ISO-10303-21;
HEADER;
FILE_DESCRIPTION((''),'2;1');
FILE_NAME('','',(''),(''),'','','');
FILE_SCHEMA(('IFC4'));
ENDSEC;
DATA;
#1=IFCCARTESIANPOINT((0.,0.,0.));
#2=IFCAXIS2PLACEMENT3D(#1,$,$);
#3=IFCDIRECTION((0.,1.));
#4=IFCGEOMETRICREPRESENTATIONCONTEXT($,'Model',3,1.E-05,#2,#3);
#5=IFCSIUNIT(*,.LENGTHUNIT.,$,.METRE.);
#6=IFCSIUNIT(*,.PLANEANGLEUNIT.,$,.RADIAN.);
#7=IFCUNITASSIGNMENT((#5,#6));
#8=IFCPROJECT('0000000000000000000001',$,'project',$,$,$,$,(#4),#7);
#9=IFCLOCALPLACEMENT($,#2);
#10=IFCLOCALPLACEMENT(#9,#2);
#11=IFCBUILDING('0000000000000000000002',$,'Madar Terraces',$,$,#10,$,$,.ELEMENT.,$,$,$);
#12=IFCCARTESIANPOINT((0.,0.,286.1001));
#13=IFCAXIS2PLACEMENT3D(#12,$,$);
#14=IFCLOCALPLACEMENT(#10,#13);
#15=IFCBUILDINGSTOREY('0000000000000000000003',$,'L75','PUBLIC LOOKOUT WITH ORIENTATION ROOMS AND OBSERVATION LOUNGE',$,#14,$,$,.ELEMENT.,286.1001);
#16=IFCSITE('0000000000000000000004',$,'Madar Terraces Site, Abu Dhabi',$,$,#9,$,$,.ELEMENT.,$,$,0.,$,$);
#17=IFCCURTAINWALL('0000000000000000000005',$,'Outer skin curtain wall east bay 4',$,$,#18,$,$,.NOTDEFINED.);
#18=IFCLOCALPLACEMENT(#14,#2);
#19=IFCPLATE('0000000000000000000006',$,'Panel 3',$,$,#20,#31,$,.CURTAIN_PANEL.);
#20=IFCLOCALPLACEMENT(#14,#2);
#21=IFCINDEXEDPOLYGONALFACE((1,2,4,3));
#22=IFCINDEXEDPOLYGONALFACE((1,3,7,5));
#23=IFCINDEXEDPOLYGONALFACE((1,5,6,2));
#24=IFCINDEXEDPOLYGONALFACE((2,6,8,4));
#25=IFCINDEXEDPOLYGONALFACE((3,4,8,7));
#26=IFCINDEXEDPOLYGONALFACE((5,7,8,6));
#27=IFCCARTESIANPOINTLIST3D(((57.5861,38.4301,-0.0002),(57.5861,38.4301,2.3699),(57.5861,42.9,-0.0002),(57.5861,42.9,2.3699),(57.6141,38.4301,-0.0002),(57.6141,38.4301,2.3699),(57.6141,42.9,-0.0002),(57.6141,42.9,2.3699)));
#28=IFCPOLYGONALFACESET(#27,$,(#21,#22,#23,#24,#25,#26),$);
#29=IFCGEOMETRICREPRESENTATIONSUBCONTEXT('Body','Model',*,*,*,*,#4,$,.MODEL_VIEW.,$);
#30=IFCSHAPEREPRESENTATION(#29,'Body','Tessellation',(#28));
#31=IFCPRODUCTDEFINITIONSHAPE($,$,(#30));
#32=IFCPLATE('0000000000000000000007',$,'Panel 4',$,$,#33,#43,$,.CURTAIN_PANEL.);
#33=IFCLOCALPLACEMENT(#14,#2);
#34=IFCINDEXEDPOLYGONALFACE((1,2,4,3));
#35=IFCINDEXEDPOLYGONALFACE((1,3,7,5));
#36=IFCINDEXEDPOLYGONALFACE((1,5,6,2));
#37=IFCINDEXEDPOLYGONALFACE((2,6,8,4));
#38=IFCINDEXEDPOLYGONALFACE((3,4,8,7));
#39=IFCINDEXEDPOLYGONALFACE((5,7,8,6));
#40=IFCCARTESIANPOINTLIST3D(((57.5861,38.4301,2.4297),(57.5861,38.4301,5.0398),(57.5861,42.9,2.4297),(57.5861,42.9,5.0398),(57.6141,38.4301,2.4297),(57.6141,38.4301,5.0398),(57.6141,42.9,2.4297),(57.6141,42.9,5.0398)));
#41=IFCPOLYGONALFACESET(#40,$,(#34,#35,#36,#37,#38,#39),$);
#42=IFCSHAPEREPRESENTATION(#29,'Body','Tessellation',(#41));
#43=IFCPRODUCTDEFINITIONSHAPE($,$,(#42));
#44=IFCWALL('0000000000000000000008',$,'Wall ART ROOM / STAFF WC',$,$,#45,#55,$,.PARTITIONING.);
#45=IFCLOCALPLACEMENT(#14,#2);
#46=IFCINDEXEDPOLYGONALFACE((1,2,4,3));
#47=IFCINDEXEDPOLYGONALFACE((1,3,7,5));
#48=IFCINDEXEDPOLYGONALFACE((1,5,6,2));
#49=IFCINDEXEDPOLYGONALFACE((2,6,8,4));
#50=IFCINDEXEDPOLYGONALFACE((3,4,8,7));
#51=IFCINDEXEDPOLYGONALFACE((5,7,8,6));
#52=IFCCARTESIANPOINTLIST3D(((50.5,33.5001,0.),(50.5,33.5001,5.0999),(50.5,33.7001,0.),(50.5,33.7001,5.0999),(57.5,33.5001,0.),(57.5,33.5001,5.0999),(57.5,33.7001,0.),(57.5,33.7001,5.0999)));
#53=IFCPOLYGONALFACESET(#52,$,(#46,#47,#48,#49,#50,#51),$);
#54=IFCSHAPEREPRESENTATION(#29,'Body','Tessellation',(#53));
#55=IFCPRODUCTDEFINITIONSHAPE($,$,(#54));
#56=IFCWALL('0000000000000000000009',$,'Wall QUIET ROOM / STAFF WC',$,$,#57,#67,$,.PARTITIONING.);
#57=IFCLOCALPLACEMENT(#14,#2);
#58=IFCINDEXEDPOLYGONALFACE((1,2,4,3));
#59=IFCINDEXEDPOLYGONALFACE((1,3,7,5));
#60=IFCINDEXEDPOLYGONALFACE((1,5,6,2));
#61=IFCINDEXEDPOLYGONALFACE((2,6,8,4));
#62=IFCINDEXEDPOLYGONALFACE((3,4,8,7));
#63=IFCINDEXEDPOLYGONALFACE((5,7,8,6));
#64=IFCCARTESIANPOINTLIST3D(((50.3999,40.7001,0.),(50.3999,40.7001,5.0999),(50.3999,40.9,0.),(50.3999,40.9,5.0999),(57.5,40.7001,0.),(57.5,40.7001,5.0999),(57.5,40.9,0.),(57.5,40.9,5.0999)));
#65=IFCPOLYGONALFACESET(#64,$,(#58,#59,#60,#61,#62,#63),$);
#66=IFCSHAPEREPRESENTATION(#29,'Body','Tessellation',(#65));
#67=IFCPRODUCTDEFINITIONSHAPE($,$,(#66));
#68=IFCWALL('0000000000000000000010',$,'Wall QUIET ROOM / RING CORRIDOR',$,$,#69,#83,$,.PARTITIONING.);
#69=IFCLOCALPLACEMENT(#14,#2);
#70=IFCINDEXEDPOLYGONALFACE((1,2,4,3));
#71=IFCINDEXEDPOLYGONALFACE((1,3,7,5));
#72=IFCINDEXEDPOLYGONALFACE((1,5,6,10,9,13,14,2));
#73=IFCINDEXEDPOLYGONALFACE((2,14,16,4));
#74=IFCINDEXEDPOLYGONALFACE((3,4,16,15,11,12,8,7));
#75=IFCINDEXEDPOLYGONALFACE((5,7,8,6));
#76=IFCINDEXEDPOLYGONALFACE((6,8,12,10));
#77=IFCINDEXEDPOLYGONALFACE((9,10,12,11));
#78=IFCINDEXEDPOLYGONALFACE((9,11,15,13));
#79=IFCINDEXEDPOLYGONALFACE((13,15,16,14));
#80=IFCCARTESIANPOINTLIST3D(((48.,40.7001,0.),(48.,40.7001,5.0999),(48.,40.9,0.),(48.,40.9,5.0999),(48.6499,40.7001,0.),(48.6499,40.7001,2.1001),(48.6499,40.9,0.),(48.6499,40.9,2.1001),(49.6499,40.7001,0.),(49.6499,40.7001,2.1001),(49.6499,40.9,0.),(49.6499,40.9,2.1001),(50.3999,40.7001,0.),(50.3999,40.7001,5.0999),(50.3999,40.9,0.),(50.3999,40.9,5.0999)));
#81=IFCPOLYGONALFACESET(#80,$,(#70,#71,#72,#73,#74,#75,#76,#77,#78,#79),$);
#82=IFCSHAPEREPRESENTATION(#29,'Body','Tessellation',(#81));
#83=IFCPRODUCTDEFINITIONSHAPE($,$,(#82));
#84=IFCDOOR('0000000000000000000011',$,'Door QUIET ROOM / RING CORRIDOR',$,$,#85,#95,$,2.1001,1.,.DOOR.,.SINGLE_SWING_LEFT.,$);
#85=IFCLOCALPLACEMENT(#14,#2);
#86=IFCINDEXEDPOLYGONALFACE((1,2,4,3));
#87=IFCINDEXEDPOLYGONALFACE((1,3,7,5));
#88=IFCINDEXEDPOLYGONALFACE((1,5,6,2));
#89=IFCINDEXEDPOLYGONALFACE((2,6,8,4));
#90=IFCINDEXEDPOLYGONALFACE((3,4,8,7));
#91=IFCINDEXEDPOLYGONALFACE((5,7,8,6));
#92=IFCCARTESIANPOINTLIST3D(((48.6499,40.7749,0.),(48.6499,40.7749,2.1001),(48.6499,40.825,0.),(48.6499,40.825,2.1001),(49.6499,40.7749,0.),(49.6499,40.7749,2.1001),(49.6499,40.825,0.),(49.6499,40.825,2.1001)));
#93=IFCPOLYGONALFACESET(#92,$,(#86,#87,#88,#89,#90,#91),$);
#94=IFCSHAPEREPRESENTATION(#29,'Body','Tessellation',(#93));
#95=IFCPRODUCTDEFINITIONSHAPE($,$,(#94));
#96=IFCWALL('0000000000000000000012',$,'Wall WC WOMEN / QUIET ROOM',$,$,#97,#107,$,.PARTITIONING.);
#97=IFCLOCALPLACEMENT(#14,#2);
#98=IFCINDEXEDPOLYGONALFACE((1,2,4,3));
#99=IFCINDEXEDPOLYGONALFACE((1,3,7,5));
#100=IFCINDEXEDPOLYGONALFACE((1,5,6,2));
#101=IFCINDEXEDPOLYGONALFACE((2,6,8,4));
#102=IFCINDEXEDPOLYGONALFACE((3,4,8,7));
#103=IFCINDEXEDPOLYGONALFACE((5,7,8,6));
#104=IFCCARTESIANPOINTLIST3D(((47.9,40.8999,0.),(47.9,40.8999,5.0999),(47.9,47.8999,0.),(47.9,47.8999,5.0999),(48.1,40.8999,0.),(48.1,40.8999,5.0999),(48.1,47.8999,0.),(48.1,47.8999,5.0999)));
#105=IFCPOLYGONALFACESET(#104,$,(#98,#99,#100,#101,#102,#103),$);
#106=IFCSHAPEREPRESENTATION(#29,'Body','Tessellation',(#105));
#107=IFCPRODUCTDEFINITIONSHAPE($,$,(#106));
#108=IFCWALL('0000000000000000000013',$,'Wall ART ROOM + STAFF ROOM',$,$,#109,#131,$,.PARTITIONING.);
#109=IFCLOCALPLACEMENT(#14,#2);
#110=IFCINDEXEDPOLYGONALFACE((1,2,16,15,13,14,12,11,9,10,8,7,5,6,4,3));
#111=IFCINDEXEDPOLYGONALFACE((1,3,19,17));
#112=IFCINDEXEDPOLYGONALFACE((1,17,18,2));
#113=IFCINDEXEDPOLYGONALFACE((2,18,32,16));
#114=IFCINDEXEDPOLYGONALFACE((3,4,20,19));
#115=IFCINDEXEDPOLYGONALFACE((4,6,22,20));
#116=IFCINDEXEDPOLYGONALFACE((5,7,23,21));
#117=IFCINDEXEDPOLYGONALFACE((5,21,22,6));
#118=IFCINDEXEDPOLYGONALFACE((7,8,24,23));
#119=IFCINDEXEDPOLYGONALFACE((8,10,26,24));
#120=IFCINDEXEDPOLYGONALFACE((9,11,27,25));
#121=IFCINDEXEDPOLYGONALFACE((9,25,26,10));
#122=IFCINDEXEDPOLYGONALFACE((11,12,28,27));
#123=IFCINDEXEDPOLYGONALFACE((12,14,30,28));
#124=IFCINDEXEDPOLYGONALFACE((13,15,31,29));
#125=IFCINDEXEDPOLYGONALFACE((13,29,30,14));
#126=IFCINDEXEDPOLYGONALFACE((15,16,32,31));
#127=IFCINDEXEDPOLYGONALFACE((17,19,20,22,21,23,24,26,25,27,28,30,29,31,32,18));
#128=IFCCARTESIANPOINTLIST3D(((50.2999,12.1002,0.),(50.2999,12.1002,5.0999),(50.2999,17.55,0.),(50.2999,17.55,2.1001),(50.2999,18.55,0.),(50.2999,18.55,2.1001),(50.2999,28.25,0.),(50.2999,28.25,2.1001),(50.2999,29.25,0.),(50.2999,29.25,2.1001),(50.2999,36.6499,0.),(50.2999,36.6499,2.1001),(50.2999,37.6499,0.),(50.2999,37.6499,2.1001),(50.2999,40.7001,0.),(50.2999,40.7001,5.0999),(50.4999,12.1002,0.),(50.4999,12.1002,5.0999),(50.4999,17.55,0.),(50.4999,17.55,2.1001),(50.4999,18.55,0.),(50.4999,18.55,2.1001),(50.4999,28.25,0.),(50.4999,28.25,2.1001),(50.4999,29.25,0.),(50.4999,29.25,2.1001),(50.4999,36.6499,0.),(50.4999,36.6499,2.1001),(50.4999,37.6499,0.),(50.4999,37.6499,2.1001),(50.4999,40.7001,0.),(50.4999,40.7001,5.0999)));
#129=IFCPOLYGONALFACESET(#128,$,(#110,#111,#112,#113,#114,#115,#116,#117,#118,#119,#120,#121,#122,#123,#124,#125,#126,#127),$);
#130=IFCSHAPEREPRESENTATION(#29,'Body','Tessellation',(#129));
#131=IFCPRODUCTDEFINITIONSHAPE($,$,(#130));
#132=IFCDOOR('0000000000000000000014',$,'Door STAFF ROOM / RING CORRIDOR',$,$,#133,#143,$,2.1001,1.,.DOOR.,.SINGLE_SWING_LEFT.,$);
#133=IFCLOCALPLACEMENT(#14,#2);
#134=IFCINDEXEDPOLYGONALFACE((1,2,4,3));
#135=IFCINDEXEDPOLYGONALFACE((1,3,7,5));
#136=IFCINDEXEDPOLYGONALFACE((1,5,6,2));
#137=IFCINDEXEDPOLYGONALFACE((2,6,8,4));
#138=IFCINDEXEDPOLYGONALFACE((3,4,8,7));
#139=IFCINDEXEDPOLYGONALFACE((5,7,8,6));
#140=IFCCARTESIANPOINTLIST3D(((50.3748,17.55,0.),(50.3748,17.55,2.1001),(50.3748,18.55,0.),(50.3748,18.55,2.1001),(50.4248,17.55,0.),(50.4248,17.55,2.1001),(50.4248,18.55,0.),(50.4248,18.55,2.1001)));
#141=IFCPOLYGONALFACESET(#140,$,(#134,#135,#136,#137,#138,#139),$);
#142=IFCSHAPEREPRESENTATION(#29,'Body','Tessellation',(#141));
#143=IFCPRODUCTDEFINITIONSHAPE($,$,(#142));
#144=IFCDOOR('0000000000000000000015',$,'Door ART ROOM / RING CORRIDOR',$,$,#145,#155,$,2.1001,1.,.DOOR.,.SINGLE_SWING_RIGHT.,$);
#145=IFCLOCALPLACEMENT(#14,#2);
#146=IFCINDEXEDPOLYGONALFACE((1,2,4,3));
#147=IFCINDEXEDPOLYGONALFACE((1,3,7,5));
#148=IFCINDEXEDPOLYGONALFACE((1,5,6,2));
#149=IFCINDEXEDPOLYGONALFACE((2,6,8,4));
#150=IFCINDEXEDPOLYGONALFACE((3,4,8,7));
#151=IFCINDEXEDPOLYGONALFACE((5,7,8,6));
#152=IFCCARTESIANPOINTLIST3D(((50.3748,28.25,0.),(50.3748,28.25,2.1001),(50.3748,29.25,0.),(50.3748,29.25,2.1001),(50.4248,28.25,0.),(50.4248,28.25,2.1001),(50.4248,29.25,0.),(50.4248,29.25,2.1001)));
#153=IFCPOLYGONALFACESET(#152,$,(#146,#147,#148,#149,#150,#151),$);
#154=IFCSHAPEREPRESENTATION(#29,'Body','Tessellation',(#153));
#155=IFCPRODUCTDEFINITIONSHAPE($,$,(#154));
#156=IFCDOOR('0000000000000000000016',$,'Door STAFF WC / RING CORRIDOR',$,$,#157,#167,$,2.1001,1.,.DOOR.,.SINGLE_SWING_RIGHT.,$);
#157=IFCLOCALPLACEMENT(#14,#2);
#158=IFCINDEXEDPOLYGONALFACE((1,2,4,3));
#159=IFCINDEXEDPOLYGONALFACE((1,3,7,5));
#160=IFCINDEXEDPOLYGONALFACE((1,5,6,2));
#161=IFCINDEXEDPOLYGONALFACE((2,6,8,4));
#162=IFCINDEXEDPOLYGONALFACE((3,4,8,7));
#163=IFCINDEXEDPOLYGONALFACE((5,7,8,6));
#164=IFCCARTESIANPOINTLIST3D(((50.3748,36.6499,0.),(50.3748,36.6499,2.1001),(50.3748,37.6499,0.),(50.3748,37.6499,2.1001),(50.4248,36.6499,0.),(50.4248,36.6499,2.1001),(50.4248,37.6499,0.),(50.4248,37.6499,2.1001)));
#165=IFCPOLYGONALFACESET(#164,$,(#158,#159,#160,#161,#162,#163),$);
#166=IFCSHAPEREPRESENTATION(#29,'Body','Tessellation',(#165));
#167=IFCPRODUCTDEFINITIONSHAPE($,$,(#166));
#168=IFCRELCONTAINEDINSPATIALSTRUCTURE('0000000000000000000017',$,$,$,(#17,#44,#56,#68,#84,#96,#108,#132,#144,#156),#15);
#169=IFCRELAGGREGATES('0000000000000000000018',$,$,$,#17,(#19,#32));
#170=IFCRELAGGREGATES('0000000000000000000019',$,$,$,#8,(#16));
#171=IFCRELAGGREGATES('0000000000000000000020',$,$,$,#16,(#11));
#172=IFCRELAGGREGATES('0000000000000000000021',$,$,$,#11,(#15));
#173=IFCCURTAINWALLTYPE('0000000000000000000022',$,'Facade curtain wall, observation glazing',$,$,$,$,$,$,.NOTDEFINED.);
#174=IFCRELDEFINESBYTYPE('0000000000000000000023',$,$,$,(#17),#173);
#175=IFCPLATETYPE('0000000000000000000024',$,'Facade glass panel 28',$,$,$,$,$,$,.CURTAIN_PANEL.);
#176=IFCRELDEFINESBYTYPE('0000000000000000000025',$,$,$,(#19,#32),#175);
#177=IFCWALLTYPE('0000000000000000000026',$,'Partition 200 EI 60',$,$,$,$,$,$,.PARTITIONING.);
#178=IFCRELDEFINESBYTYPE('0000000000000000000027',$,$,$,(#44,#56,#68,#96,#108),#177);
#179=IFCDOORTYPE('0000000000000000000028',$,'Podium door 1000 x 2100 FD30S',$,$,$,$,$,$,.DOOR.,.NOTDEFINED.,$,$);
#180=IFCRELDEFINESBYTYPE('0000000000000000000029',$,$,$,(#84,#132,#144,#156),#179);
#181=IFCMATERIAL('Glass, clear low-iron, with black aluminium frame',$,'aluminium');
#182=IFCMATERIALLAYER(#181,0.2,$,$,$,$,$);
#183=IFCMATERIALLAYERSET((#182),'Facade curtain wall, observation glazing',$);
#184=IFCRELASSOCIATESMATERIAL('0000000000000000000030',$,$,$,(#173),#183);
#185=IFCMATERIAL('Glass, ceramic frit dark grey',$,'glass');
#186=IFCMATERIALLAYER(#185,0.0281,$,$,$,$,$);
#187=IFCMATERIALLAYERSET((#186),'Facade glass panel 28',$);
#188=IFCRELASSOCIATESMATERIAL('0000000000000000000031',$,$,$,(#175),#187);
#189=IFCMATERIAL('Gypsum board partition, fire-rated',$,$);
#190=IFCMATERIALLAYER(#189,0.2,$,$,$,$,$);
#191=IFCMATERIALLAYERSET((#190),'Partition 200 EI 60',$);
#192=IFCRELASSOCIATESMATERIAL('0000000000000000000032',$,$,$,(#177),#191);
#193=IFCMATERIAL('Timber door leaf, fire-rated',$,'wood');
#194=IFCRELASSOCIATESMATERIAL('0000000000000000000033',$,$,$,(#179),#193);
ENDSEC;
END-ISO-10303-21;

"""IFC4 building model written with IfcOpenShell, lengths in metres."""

from ifc_helpers import new_model, si_unit, direction, frame, frame_2d, origin, origin_2d, place, context, subcontext, project, spatial, rectangle, extrude, material, layer, layer_set, type_object, element, fill, aggregate, save


model = new_model("IFC4")

# Units and contexts
model_context = context("Model", 3, precision=1e-05, world=origin(), true_north=direction((0.0, 1.0)))
body_context = subcontext(model_context, "Body", "Model", "MODEL_VIEW")
ifc_project = project(units=[si_unit("LENGTHUNIT", "METRE"), si_unit("PLANEANGLEUNIT", "RADIAN")], contexts=[model_context])

# Site, building, storey
site_placement = place(None, origin())
site = spatial("IfcSite", under=ifc_project, at=site_placement, Name="Madar Terraces Site, Abu Dhabi", CompositionType="ELEMENT", RefElevation=0.0)
building_placement = place(site_placement, origin())
building = spatial("IfcBuilding", under=site, at=building_placement, Name="Madar Terraces", CompositionType="ELEMENT")
storey_placement = place(building_placement, frame((0.0, 0.0, 286.1001)))
storey = spatial("IfcBuildingStorey", under=building, at=storey_placement, Name="L75", Description="PUBLIC LOOKOUT WITH ORIENTATION ROOMS AND OBSERVATION LOUNGE", CompositionType="ELEMENT", Elevation=286.1001)

# Curtain wall
ifc_material_1 = material(Name="Glass, clear low-iron, with black aluminium frame", Category="aluminium")
ifc_layer_1 = layer(ifc_material_1, 0.2)
ifc_layer_set_1 = layer_set([ifc_layer_1], Name="Facade curtain wall, observation glazing")
curtain_wall_type = type_object("IfcCurtainWallType", Name="Facade curtain wall, observation glazing", PredefinedType="NOTDEFINED", material=ifc_layer_set_1)
curtain_wall_1_placement = place(storey_placement, origin())
curtain_wall_1 = element("IfcCurtainWall", 1, at=curtain_wall_1_placement, inside=storey, type_object=curtain_wall_type, Name="Outer skin curtain wall east bay 4", PredefinedType="NOTDEFINED")

# Plates
ifc_material_2 = material(Name="Glass, ceramic frit dark grey", Category="glass")
ifc_layer_2 = layer(ifc_material_2, 0.0281)
ifc_layer_set_2 = layer_set([ifc_layer_2], Name="Facade glass panel 28")
plate_type = type_object("IfcPlateType", Name="Facade glass panel 28", PredefinedType="CURTAIN_PANEL", material=ifc_layer_set_2)
plate_1_placement = place(storey_placement, frame((57.6001, 40.665, -0.0002), z_axis=(0.0, 0.0, 1.0), x_axis=(0.0, 1.0, 0.0)))
plate_1 = element("IfcPlate", 2, at=plate_1_placement, type_object=plate_type, Name="Panel 3", PredefinedType="CURTAIN_PANEL", context=body_context, shape_type="SweptSolid", body=[
    extrude(rectangle(XDim=4.47, YDim=0.0281, at=origin_2d()), origin(), (0.0, 0.0, 1.0), 2.3701),
])
plate_2_placement = place(storey_placement, frame((57.6001, 40.665, 2.4297), z_axis=(0.0, 0.0, 1.0), x_axis=(0.0, 1.0, 0.0)))
plate_2 = element("IfcPlate", 3, at=plate_2_placement, type_object=plate_type, Name="Panel 4", PredefinedType="CURTAIN_PANEL", context=body_context, shape_type="SweptSolid", body=[
    extrude(rectangle(XDim=4.47, YDim=0.0281, at=origin_2d()), origin(), (0.0, 0.0, 1.0), 2.6101),
])
aggregate(curtain_wall_1, [plate_1, plate_2])

# Walls
ifc_material_3 = material(Name="Gypsum board partition, fire-rated")
ifc_layer_3 = layer(ifc_material_3, 0.2)
ifc_layer_set_3 = layer_set([ifc_layer_3], Name="Partition 200 EI 60")
wall_type = type_object("IfcWallType", Name="Partition 200 EI 60", PredefinedType="PARTITIONING", material=ifc_layer_set_3)
wall_1_placement = place(storey_placement, frame((50.5, 33.6001, 0.0), z_axis=(0.0, 0.0, 1.0), x_axis=(1.0, 0.0, 0.0)))
element("IfcWall", 4, at=wall_1_placement, inside=storey, type_object=wall_type, Name="Wall ART ROOM / STAFF WC", PredefinedType="PARTITIONING", context=body_context, shape_type="SweptSolid", body=[
    extrude(rectangle(XDim=7.0, YDim=0.2, at=frame_2d((3.5, 0.0))), origin(), (0.0, 0.0, 1.0), 5.0999),
])
wall_2_placement = place(storey_placement, frame((50.3999, 40.8, 0.0), z_axis=(0.0, 0.0, 1.0), x_axis=(1.0, 0.0, 0.0)))
element("IfcWall", 5, at=wall_2_placement, inside=storey, type_object=wall_type, Name="Wall QUIET ROOM / STAFF WC", PredefinedType="PARTITIONING", context=body_context, shape_type="SweptSolid", body=[
    extrude(rectangle(XDim=7.1001, YDim=0.2, at=frame_2d((3.55, 0.0))), origin(), (0.0, 0.0, 1.0), 5.0999),
])

# Wall, opening, door
wall_3_placement = place(storey_placement, frame((48.0, 40.8, 0.0), z_axis=(0.0, 0.0, 1.0), x_axis=(1.0, 0.0, 0.0)))
wall_3 = element("IfcWall", 6, at=wall_3_placement, inside=storey, type_object=wall_type, Name="Wall QUIET ROOM / RING CORRIDOR", PredefinedType="PARTITIONING", context=body_context, shape_type="SweptSolid", body=[
    extrude(rectangle(XDim=2.3999, YDim=0.2, at=frame_2d((1.2, 0.0))), origin(), (0.0, 0.0, 1.0), 5.0999),
])
opening_1_placement = place(wall_3_placement, frame((0.6499, 0.0, 0.0)))
opening_1 = element("IfcOpeningElement", 7, at=opening_1_placement, cuts=wall_3, PredefinedType="OPENING", context=body_context, shape_type="SweptSolid", body=[
    extrude(rectangle(XDim=1.0, YDim=2.1001, at=frame_2d((0.5, 1.05))), frame((0.0, 0.1099, 0.0), z_axis=(0.0, -1.0, 0.0), x_axis=(1.0, 0.0, 0.0)), (0.0, 0.0, 1.0), 0.22),
])
ifc_material_4 = material(Name="Timber door leaf, fire-rated", Category="wood")
door_type = type_object("IfcDoorType", Name="Podium door 1000 x 2100 FD30S", OperationType="NOTDEFINED", PredefinedType="DOOR", material=ifc_material_4)
door_1_placement = place(opening_1_placement, origin())
door_1 = element("IfcDoor", 8, at=door_1_placement, inside=storey, type_object=door_type, Name="Door QUIET ROOM / RING CORRIDOR", OperationType="SINGLE_SWING_LEFT", OverallHeight=2.1001, OverallWidth=1.0, PredefinedType="DOOR", context=body_context, shape_type="SweptSolid", body=[
    extrude(rectangle(XDim=1.0, YDim=2.1001, at=frame_2d((0.5, 1.05))), frame((0.0, 0.0249, 0.0), z_axis=(0.0, -1.0, 0.0), x_axis=(1.0, 0.0, 0.0)), (0.0, 0.0, 1.0), 0.05),
])
fill(opening_1, door_1)

# Wall
wall_4_placement = place(storey_placement, frame((48.0, 40.8999, 0.0), z_axis=(0.0, 0.0, 1.0), x_axis=(0.0, 1.0, 0.0)))
element("IfcWall", 9, at=wall_4_placement, inside=storey, type_object=wall_type, Name="Wall WC WOMEN / QUIET ROOM", PredefinedType="PARTITIONING", context=body_context, shape_type="SweptSolid", body=[
    extrude(rectangle(XDim=7.0, YDim=0.2, at=frame_2d((3.5, 0.0))), origin(), (0.0, 0.0, 1.0), 5.0999),
])

# Wall, openings, doors
wall_5_placement = place(storey_placement, frame((50.3999, 40.7, 0.0), z_axis=(0.0, 0.0, 1.0), x_axis=(0.0, -1.0, 0.0)))
wall_5 = element("IfcWall", 10, at=wall_5_placement, inside=storey, type_object=wall_type, Name="Wall ART ROOM + STAFF ROOM", PredefinedType="PARTITIONING", context=body_context, shape_type="SweptSolid", body=[
    extrude(rectangle(XDim=28.5999, YDim=0.2, at=frame_2d((14.2998, 0.0))), origin(), (0.0, 0.0, 1.0), 5.0999),
])
opening_2_placement = place(wall_5_placement, frame((22.1499, 0.0, 0.0)))
opening_2 = element("IfcOpeningElement", 11, at=opening_2_placement, cuts=wall_5, PredefinedType="OPENING", context=body_context, shape_type="SweptSolid", body=[
    extrude(rectangle(XDim=1.0, YDim=2.1001, at=frame_2d((0.5, 1.05))), frame((0.0, 0.1099, 0.0), z_axis=(0.0, -1.0, 0.0), x_axis=(1.0, 0.0, 0.0)), (0.0, 0.0, 1.0), 0.22),
])
opening_3_placement = place(wall_5_placement, frame((11.45, 0.0, 0.0)))
opening_3 = element("IfcOpeningElement", 12, at=opening_3_placement, cuts=wall_5, PredefinedType="OPENING", context=body_context, shape_type="SweptSolid", body=[
    extrude(rectangle(XDim=1.0, YDim=2.1001, at=frame_2d((0.5, 1.05))), frame((0.0, 0.1099, 0.0), z_axis=(0.0, -1.0, 0.0), x_axis=(1.0, 0.0, 0.0)), (0.0, 0.0, 1.0), 0.22),
])
opening_4_placement = place(wall_5_placement, frame((3.05, 0.0, 0.0)))
opening_4 = element("IfcOpeningElement", 13, at=opening_4_placement, cuts=wall_5, PredefinedType="OPENING", context=body_context, shape_type="SweptSolid", body=[
    extrude(rectangle(XDim=1.0, YDim=2.1001, at=frame_2d((0.5, 1.05))), frame((0.0, 0.1099, 0.0), z_axis=(0.0, -1.0, 0.0), x_axis=(1.0, 0.0, 0.0)), (0.0, 0.0, 1.0), 0.22),
])
door_2_placement = place(opening_2_placement, origin())
door_2 = element("IfcDoor", 14, at=door_2_placement, inside=storey, type_object=door_type, Name="Door STAFF ROOM / RING CORRIDOR", OperationType="SINGLE_SWING_LEFT", OverallHeight=2.1001, OverallWidth=1.0, PredefinedType="DOOR", context=body_context, shape_type="SweptSolid", body=[
    extrude(rectangle(XDim=1.0, YDim=2.1001, at=frame_2d((0.5, 1.05))), frame((0.0, 0.0249, 0.0), z_axis=(0.0, -1.0, 0.0), x_axis=(1.0, 0.0, 0.0)), (0.0, 0.0, 1.0), 0.05),
])
fill(opening_2, door_2)
door_3_placement = place(opening_3_placement, origin())
door_3 = element("IfcDoor", 15, at=door_3_placement, inside=storey, type_object=door_type, Name="Door ART ROOM / RING CORRIDOR", OperationType="SINGLE_SWING_RIGHT", OverallHeight=2.1001, OverallWidth=1.0, PredefinedType="DOOR", context=body_context, shape_type="SweptSolid", body=[
    extrude(rectangle(XDim=1.0, YDim=2.1001, at=frame_2d((0.5, 1.05))), frame((0.0, 0.0249, 0.0), z_axis=(0.0, -1.0, 0.0), x_axis=(1.0, 0.0, 0.0)), (0.0, 0.0, 1.0), 0.05),
])
fill(opening_3, door_3)
door_4_placement = place(opening_4_placement, origin())
door_4 = element("IfcDoor", 16, at=door_4_placement, inside=storey, type_object=door_type, Name="Door STAFF WC / RING CORRIDOR", OperationType="SINGLE_SWING_RIGHT", OverallHeight=2.1001, OverallWidth=1.0, PredefinedType="DOOR", context=body_context, shape_type="SweptSolid", body=[
    extrude(rectangle(XDim=1.0, YDim=2.1001, at=frame_2d((0.5, 1.05))), frame((0.0, 0.0249, 0.0), z_axis=(0.0, -1.0, 0.0), x_axis=(1.0, 0.0, 0.0)), (0.0, 0.0, 1.0), 0.05),
])
fill(opening_4, door_4)

save(model, "model.ifc")
